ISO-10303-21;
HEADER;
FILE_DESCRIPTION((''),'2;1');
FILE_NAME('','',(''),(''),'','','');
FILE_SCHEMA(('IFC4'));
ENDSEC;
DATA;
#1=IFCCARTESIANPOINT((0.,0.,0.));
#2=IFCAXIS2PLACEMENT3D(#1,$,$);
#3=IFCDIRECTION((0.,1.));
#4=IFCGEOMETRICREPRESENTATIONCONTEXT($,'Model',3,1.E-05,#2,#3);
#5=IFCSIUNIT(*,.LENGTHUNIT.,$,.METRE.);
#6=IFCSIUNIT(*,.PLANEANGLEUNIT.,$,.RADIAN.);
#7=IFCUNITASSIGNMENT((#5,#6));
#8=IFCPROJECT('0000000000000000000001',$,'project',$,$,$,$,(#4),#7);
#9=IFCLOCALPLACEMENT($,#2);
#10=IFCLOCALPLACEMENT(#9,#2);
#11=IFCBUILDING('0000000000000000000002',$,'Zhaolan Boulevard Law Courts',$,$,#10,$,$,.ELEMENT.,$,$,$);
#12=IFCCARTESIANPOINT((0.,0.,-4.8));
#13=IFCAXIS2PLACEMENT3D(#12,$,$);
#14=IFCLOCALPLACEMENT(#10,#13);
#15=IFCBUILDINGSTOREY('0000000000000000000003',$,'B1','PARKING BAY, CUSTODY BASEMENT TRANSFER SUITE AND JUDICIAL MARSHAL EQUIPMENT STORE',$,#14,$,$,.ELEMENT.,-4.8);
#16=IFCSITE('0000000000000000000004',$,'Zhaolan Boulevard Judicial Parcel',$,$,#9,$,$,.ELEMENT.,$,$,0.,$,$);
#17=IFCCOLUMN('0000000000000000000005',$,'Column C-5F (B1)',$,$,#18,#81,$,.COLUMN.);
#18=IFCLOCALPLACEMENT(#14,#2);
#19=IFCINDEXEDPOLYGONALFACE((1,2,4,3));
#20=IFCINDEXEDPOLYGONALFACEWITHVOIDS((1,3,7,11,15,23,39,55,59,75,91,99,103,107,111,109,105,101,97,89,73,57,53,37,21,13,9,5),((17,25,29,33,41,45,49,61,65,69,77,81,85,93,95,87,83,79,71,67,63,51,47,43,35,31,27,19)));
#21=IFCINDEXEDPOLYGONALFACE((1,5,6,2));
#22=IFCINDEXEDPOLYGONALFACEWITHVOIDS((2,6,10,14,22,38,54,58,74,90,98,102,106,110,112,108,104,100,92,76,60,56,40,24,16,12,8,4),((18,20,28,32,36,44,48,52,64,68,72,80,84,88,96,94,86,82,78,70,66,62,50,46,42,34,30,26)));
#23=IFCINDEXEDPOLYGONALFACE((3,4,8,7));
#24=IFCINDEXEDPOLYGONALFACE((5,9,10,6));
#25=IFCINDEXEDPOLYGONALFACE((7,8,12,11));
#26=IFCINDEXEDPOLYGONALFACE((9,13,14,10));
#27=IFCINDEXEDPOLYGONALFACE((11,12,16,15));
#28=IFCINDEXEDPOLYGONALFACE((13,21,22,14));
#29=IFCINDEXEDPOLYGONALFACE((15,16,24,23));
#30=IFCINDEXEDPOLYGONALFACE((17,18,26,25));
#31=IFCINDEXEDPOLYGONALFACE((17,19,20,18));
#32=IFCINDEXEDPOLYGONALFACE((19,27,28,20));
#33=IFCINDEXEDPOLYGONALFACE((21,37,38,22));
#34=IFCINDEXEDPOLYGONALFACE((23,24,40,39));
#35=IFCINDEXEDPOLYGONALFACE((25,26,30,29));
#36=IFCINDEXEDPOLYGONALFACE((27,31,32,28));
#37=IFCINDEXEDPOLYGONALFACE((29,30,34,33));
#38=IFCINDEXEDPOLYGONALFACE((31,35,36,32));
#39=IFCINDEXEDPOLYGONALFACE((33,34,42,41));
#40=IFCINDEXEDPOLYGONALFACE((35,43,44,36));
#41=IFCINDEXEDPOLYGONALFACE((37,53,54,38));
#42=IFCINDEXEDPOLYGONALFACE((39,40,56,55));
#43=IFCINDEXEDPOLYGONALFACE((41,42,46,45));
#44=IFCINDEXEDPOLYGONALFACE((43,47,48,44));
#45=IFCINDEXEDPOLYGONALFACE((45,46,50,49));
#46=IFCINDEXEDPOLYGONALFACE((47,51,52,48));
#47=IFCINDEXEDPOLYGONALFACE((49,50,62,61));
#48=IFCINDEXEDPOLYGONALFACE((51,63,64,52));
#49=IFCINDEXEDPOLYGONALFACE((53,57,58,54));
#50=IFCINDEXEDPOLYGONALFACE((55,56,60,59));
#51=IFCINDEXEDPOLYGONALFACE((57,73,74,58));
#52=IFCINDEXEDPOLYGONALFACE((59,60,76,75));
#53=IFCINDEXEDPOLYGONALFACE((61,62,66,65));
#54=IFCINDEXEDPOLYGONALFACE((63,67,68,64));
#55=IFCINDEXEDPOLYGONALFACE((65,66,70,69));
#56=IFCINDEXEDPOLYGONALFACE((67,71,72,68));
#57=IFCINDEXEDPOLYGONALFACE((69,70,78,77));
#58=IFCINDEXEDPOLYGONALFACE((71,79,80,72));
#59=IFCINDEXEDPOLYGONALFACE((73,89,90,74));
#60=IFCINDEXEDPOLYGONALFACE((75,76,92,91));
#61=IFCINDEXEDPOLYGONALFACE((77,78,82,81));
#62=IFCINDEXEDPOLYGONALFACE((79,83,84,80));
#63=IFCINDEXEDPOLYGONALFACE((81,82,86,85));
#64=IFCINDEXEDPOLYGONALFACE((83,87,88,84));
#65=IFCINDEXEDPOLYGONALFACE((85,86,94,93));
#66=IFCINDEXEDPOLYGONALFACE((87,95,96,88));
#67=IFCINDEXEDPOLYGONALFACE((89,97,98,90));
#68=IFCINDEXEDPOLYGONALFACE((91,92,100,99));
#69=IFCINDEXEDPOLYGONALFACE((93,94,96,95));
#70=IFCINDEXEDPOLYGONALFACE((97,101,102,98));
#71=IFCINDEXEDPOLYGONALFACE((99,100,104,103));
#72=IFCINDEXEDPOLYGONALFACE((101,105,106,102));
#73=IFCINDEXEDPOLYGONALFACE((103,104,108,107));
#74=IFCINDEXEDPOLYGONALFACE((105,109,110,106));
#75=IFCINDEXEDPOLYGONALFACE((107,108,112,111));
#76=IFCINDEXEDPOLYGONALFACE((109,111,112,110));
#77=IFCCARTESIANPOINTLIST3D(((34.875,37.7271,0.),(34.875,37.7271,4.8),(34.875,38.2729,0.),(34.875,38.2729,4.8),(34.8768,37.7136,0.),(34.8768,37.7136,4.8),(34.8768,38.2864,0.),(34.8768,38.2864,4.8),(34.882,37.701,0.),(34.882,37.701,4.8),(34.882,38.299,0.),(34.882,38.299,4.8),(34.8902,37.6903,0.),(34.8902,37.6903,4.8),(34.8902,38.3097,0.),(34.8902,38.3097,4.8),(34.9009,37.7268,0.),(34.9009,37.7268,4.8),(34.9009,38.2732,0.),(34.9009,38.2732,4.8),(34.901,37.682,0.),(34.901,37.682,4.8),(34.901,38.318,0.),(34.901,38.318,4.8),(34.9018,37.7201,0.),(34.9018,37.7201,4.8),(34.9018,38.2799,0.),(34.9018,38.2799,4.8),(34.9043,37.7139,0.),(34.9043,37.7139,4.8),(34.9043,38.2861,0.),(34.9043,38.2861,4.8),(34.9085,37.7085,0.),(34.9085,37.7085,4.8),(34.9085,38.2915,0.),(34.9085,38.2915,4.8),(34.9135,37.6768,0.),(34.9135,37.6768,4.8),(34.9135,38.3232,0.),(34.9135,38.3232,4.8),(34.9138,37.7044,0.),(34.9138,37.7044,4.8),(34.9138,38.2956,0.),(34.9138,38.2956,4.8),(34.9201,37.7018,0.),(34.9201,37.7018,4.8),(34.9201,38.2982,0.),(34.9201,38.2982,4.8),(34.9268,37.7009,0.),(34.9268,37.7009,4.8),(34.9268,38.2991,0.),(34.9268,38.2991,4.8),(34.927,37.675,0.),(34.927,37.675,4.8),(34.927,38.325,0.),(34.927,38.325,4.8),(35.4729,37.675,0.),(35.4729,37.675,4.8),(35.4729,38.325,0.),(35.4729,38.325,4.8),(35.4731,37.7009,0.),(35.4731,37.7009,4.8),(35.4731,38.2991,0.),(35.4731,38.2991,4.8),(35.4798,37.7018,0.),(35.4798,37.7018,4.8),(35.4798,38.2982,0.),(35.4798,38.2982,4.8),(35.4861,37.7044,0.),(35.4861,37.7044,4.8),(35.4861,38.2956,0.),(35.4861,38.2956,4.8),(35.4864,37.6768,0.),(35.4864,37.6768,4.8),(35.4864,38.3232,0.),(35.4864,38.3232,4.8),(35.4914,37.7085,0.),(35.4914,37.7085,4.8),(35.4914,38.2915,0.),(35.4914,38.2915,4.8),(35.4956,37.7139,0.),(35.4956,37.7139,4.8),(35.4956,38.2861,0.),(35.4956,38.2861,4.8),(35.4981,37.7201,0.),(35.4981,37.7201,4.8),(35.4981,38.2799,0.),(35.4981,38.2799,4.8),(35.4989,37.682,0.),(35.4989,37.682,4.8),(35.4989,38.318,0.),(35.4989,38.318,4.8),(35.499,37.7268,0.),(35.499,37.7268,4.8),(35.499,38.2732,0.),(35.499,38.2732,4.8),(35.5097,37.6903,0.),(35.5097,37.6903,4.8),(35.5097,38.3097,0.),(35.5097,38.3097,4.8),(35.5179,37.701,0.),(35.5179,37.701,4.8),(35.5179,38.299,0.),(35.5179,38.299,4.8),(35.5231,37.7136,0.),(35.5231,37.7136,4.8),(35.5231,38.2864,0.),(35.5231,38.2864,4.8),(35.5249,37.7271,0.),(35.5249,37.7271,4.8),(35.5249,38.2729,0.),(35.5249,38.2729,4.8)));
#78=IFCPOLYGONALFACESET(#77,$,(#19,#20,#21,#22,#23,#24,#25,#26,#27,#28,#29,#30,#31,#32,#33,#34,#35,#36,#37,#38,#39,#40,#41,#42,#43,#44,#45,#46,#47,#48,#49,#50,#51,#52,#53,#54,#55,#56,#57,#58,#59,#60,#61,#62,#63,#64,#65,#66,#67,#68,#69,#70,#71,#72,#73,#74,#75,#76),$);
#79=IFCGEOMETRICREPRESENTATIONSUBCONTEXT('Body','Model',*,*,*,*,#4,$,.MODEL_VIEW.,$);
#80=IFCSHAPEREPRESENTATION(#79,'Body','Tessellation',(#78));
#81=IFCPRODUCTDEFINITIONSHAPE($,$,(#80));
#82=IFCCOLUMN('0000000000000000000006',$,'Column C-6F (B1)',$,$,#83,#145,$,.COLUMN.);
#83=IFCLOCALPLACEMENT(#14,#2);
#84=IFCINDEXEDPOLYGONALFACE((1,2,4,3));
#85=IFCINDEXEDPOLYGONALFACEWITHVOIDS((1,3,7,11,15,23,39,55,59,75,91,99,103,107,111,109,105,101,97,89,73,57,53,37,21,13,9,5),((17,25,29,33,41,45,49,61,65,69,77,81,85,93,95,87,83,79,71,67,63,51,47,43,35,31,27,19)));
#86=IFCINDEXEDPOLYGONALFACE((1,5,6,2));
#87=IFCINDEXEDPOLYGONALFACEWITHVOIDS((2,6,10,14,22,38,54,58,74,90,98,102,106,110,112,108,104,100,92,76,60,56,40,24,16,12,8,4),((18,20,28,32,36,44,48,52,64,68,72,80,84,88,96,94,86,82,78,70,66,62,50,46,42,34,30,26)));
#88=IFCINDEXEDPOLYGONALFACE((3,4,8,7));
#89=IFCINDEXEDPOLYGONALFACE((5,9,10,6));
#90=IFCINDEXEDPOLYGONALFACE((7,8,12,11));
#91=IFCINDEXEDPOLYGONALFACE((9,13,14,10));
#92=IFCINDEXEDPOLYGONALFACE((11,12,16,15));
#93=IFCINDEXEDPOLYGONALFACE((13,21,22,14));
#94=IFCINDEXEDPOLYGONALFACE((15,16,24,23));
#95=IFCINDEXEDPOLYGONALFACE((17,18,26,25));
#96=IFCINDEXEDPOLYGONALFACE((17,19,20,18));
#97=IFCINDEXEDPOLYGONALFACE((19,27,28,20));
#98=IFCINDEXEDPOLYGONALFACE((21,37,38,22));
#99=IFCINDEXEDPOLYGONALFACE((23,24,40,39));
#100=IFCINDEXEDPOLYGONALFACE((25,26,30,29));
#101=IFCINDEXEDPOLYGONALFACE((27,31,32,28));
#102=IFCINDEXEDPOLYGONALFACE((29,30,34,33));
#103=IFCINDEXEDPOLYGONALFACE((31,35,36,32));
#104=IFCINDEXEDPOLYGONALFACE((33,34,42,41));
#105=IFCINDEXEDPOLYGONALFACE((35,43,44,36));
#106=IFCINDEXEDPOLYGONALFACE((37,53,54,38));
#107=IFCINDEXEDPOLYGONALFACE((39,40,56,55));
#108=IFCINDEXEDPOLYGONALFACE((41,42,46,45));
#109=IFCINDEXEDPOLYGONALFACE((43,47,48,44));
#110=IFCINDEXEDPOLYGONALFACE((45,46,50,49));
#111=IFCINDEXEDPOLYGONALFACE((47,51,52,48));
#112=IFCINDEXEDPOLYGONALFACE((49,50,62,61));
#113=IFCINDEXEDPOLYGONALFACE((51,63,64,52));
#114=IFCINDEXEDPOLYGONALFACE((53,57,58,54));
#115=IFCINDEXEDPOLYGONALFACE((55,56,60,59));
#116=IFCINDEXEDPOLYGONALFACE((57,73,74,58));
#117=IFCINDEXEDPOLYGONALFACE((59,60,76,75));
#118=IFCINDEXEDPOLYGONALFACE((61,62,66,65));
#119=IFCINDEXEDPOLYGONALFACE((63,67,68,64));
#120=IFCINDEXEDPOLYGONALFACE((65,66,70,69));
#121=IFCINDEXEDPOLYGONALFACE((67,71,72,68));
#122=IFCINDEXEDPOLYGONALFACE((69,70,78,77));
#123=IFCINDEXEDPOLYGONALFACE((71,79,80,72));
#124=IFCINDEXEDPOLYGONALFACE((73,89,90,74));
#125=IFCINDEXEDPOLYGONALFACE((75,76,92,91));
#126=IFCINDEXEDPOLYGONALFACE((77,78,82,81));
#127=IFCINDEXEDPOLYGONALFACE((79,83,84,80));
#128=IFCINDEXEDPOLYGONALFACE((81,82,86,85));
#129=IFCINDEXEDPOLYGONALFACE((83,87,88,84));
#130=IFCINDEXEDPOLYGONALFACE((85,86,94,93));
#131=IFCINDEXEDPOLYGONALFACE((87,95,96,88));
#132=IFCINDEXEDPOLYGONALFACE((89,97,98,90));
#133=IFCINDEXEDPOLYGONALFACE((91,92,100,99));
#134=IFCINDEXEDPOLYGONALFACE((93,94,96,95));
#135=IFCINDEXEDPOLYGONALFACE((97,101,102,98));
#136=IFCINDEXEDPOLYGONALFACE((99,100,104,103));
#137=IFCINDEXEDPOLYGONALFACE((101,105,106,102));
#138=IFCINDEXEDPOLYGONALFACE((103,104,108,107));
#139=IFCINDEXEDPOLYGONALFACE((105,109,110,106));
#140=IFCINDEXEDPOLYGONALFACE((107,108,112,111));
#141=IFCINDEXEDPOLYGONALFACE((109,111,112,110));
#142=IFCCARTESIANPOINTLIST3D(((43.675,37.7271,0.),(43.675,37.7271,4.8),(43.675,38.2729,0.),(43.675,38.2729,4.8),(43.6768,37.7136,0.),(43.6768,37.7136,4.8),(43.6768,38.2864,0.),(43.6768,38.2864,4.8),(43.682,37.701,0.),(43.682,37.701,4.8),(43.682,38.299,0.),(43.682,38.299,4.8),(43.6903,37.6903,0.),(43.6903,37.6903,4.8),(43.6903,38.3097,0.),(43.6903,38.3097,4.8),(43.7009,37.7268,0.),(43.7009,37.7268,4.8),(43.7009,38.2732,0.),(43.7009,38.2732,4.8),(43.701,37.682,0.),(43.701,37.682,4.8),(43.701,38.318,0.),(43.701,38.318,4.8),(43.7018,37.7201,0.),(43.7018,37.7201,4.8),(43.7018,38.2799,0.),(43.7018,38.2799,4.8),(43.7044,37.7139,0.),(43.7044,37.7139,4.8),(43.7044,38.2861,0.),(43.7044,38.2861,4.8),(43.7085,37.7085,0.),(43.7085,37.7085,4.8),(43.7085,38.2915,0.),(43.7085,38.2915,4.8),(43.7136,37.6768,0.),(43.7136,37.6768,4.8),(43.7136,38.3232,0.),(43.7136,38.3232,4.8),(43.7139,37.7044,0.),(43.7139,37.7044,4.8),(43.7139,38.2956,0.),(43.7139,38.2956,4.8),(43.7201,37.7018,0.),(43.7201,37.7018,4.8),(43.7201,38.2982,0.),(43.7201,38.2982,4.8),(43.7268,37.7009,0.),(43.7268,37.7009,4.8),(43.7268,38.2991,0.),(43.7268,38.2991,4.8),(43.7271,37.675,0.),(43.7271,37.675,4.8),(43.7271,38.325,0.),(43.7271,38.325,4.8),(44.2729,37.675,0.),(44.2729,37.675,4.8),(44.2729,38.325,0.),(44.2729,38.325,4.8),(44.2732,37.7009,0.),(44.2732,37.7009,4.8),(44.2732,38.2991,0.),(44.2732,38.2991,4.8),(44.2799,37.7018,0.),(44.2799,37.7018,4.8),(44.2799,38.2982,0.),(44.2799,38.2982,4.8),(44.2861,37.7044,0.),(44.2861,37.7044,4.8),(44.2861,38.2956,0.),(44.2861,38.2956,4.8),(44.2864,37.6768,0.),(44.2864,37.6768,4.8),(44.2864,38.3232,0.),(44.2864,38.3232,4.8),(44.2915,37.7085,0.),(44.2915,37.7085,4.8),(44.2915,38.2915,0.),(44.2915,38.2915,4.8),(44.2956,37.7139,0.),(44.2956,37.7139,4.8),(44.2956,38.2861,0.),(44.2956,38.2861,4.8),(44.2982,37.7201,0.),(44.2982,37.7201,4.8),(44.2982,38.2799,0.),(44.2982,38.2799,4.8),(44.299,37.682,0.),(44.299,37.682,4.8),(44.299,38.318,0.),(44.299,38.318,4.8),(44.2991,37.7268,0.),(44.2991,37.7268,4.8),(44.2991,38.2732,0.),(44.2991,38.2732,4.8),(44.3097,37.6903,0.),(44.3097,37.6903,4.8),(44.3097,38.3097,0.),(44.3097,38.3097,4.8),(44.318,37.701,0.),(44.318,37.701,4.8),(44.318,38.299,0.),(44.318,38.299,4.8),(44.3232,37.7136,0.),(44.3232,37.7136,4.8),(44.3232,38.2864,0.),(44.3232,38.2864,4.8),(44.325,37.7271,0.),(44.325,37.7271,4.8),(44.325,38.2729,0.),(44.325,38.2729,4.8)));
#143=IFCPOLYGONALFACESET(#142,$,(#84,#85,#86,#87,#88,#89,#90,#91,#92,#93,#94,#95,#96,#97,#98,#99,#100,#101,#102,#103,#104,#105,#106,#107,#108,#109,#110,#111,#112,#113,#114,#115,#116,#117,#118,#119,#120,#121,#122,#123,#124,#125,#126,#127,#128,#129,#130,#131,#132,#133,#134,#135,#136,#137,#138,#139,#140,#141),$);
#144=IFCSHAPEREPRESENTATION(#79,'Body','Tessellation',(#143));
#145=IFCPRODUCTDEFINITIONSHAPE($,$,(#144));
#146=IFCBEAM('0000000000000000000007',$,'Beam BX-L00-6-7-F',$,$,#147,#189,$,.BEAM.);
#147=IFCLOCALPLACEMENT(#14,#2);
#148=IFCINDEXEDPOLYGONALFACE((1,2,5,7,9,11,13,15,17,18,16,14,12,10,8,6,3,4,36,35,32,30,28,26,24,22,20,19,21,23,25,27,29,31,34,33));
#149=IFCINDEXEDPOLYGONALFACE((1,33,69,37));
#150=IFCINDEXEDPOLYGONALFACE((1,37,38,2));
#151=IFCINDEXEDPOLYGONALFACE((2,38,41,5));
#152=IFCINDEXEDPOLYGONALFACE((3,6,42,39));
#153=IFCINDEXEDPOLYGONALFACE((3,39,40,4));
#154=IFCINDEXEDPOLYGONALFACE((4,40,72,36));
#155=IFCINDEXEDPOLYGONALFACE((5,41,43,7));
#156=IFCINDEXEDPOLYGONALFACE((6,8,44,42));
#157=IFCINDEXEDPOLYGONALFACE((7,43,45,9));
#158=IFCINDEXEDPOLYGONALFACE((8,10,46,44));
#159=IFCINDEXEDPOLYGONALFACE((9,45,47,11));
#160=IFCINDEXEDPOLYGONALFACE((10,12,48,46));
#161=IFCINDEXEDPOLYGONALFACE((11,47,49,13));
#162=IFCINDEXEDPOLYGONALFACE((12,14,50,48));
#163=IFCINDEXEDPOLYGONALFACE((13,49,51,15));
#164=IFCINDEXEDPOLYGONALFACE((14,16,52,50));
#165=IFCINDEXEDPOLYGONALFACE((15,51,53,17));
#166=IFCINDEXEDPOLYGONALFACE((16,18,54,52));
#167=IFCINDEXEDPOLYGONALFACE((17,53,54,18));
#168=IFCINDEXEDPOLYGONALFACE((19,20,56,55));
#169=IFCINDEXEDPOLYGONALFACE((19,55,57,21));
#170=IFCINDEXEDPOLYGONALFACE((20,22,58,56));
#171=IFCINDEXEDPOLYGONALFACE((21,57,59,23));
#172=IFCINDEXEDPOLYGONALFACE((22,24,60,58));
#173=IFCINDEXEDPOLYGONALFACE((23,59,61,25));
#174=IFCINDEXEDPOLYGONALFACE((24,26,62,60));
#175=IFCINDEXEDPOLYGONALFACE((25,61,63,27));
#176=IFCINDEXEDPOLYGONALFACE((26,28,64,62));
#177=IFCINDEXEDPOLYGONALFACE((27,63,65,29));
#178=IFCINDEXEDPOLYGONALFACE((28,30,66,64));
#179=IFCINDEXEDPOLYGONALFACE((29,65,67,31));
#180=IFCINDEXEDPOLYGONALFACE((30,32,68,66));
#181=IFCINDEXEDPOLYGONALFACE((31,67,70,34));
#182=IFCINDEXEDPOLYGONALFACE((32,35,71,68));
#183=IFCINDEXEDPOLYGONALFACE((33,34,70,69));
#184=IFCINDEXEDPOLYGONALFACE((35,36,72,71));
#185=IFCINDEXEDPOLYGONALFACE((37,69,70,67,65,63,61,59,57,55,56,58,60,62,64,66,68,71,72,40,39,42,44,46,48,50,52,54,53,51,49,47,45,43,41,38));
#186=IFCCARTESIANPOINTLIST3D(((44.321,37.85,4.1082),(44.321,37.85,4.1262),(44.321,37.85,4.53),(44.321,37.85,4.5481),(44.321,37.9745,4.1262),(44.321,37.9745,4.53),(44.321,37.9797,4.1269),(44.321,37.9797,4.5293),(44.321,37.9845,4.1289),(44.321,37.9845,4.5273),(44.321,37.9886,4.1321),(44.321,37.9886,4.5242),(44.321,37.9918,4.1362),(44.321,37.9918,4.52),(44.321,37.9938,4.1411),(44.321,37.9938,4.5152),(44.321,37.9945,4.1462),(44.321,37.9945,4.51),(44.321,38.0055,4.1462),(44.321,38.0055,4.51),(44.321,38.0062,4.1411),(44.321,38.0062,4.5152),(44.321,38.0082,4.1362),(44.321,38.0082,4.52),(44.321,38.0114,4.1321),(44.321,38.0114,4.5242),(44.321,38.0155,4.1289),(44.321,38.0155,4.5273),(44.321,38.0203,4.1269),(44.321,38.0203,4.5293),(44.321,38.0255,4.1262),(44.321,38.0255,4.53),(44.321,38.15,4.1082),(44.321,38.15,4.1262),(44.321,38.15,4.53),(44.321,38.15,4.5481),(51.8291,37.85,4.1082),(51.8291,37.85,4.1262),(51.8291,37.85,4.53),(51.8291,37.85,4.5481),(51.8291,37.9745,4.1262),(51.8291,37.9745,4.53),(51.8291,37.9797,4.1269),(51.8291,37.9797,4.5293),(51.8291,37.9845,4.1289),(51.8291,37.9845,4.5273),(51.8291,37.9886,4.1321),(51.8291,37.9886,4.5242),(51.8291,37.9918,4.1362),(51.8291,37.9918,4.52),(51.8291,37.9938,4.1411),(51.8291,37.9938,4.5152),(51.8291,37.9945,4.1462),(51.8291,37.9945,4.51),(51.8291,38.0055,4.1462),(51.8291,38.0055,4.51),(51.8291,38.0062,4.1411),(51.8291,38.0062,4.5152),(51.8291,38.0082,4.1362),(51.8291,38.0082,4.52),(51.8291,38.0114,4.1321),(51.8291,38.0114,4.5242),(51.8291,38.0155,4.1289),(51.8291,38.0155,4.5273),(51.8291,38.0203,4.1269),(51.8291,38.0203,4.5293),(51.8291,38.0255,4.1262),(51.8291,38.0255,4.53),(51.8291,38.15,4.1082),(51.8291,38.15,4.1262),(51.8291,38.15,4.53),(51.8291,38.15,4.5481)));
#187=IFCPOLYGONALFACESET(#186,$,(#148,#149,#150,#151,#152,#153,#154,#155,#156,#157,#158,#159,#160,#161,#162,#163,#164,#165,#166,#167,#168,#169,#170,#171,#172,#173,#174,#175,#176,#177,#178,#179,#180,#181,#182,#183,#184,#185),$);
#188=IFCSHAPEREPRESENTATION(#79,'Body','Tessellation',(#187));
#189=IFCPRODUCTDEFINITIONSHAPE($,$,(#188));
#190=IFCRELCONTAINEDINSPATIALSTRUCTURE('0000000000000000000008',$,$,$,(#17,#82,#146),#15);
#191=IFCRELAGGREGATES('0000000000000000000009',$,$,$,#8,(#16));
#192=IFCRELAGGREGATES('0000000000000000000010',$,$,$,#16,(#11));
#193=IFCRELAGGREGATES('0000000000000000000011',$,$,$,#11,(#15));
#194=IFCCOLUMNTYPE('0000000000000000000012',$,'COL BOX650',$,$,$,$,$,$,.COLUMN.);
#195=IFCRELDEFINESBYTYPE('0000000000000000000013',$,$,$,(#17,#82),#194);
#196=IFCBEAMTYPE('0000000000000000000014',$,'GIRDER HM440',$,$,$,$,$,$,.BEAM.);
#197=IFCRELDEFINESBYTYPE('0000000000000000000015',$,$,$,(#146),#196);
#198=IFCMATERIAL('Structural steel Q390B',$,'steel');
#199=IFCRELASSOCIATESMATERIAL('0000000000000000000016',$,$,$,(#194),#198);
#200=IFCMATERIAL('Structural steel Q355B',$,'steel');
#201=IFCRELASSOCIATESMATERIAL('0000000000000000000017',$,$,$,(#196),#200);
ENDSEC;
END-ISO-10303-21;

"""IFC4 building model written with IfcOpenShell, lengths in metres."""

from ifc_helpers import new_model, si_unit, direction, frame, origin, origin_2d, place, context, subcontext, project, spatial, hollow_rectangle, i_section, extrude, material, material_profile, profile_set, type_object, element, save


model = new_model("IFC4")

# Units and contexts
model_context = context("Model", 3, precision=1e-05, world=origin(), true_north=direction((0.0, 1.0)))
body_context = subcontext(model_context, "Body", "Model", "MODEL_VIEW")
ifc_project = project(units=[si_unit("LENGTHUNIT", "METRE"), si_unit("PLANEANGLEUNIT", "RADIAN")], contexts=[model_context])

# Site, building, storey
site_placement = place(None, origin())
site = spatial("IfcSite", under=ifc_project, at=site_placement, Name="Zhaolan Boulevard Judicial Parcel", CompositionType="ELEMENT", RefElevation=0.0)
building_placement = place(site_placement, origin())
building = spatial("IfcBuilding", under=site, at=building_placement, Name="Zhaolan Boulevard Law Courts", CompositionType="ELEMENT")
storey_placement = place(building_placement, frame((0.0, 0.0, -4.8)))
storey = spatial("IfcBuildingStorey", under=building, at=storey_placement, Name="B1", Description="PARKING BAY, CUSTODY BASEMENT TRANSFER SUITE AND JUDICIAL MARSHAL EQUIPMENT STORE", CompositionType="ELEMENT", Elevation=-4.8)

# Columns
ifc_material_1 = material(Name="Structural steel Q390B", Category="steel")
ifc_material_profile_1 = material_profile(ifc_material_1, hollow_rectangle(XDim=0.6499, YDim=0.6499, WallThickness=0.0259, InnerFilletRadius=0.0259, OuterFilletRadius=0.052, at=origin_2d()), Name="BOX650x650x26")
ifc_profile_set_1 = profile_set([ifc_material_profile_1], Name="Structural steel Q390B")
column_type = type_object("IfcColumnType", Name="COL BOX650", PredefinedType="COLUMN", material=ifc_profile_set_1)
for number, where, z_axis, x_axis, name in (
    (1, (35.2, 38.0, 0.0), (0.0, 0.0, 1.0), (1.0, 0.0, 0.0), "Column C-5F (B1)"),
    (2, (44.0, 38.0, 0.0), (0.0, 0.0, 1.0), (1.0, 0.0, 0.0), "Column C-6F (B1)"),
):
    element("IfcColumn", number, at=place(storey_placement, frame(where, z_axis=z_axis, x_axis=x_axis)), inside=storey, type_object=column_type, Name=name, PredefinedType="COLUMN", context=body_context, shape_type="SweptSolid", body=[
        extrude(hollow_rectangle(XDim=0.6499, YDim=0.6499, WallThickness=0.0259, InnerFilletRadius=0.0259, OuterFilletRadius=0.052, at=origin_2d()), origin(), (0.0, 0.0, 1.0), 4.8),
    ])

# Beam
ifc_material_2 = material(Name="Structural steel Q355B", Category="steel")
ifc_material_profile_2 = material_profile(ifc_material_2, i_section(OverallWidth=0.3, OverallDepth=0.4399, WebThickness=0.011, FlangeThickness=0.0181, FilletRadius=0.02, at=origin_2d()), Name="HM440x300")
ifc_profile_set_2 = profile_set([ifc_material_profile_2], Name="Structural steel Q355B")
beam_type_1 = type_object("IfcBeamType", Name="GIRDER HM440", PredefinedType="BEAM", material=ifc_profile_set_2)
beam_1_placement = place(storey_placement, frame((44.321, 38.0, 4.3281), z_axis=(1.0, 0.0, 0.0), x_axis=(0.0, 1.0, 0.0)))
element("IfcBeam", 3, at=beam_1_placement, inside=storey, type_object=beam_type_1, Name="Beam BX-L00-6-7-F", PredefinedType="BEAM", context=body_context, shape_type="SweptSolid", body=[
    extrude(i_section(OverallWidth=0.3, OverallDepth=0.4399, WebThickness=0.011, FlangeThickness=0.0181, FilletRadius=0.02, at=origin_2d()), origin(), (0.0, 0.0, 1.0), 7.5081),
])

save(model, "model.ifc")
